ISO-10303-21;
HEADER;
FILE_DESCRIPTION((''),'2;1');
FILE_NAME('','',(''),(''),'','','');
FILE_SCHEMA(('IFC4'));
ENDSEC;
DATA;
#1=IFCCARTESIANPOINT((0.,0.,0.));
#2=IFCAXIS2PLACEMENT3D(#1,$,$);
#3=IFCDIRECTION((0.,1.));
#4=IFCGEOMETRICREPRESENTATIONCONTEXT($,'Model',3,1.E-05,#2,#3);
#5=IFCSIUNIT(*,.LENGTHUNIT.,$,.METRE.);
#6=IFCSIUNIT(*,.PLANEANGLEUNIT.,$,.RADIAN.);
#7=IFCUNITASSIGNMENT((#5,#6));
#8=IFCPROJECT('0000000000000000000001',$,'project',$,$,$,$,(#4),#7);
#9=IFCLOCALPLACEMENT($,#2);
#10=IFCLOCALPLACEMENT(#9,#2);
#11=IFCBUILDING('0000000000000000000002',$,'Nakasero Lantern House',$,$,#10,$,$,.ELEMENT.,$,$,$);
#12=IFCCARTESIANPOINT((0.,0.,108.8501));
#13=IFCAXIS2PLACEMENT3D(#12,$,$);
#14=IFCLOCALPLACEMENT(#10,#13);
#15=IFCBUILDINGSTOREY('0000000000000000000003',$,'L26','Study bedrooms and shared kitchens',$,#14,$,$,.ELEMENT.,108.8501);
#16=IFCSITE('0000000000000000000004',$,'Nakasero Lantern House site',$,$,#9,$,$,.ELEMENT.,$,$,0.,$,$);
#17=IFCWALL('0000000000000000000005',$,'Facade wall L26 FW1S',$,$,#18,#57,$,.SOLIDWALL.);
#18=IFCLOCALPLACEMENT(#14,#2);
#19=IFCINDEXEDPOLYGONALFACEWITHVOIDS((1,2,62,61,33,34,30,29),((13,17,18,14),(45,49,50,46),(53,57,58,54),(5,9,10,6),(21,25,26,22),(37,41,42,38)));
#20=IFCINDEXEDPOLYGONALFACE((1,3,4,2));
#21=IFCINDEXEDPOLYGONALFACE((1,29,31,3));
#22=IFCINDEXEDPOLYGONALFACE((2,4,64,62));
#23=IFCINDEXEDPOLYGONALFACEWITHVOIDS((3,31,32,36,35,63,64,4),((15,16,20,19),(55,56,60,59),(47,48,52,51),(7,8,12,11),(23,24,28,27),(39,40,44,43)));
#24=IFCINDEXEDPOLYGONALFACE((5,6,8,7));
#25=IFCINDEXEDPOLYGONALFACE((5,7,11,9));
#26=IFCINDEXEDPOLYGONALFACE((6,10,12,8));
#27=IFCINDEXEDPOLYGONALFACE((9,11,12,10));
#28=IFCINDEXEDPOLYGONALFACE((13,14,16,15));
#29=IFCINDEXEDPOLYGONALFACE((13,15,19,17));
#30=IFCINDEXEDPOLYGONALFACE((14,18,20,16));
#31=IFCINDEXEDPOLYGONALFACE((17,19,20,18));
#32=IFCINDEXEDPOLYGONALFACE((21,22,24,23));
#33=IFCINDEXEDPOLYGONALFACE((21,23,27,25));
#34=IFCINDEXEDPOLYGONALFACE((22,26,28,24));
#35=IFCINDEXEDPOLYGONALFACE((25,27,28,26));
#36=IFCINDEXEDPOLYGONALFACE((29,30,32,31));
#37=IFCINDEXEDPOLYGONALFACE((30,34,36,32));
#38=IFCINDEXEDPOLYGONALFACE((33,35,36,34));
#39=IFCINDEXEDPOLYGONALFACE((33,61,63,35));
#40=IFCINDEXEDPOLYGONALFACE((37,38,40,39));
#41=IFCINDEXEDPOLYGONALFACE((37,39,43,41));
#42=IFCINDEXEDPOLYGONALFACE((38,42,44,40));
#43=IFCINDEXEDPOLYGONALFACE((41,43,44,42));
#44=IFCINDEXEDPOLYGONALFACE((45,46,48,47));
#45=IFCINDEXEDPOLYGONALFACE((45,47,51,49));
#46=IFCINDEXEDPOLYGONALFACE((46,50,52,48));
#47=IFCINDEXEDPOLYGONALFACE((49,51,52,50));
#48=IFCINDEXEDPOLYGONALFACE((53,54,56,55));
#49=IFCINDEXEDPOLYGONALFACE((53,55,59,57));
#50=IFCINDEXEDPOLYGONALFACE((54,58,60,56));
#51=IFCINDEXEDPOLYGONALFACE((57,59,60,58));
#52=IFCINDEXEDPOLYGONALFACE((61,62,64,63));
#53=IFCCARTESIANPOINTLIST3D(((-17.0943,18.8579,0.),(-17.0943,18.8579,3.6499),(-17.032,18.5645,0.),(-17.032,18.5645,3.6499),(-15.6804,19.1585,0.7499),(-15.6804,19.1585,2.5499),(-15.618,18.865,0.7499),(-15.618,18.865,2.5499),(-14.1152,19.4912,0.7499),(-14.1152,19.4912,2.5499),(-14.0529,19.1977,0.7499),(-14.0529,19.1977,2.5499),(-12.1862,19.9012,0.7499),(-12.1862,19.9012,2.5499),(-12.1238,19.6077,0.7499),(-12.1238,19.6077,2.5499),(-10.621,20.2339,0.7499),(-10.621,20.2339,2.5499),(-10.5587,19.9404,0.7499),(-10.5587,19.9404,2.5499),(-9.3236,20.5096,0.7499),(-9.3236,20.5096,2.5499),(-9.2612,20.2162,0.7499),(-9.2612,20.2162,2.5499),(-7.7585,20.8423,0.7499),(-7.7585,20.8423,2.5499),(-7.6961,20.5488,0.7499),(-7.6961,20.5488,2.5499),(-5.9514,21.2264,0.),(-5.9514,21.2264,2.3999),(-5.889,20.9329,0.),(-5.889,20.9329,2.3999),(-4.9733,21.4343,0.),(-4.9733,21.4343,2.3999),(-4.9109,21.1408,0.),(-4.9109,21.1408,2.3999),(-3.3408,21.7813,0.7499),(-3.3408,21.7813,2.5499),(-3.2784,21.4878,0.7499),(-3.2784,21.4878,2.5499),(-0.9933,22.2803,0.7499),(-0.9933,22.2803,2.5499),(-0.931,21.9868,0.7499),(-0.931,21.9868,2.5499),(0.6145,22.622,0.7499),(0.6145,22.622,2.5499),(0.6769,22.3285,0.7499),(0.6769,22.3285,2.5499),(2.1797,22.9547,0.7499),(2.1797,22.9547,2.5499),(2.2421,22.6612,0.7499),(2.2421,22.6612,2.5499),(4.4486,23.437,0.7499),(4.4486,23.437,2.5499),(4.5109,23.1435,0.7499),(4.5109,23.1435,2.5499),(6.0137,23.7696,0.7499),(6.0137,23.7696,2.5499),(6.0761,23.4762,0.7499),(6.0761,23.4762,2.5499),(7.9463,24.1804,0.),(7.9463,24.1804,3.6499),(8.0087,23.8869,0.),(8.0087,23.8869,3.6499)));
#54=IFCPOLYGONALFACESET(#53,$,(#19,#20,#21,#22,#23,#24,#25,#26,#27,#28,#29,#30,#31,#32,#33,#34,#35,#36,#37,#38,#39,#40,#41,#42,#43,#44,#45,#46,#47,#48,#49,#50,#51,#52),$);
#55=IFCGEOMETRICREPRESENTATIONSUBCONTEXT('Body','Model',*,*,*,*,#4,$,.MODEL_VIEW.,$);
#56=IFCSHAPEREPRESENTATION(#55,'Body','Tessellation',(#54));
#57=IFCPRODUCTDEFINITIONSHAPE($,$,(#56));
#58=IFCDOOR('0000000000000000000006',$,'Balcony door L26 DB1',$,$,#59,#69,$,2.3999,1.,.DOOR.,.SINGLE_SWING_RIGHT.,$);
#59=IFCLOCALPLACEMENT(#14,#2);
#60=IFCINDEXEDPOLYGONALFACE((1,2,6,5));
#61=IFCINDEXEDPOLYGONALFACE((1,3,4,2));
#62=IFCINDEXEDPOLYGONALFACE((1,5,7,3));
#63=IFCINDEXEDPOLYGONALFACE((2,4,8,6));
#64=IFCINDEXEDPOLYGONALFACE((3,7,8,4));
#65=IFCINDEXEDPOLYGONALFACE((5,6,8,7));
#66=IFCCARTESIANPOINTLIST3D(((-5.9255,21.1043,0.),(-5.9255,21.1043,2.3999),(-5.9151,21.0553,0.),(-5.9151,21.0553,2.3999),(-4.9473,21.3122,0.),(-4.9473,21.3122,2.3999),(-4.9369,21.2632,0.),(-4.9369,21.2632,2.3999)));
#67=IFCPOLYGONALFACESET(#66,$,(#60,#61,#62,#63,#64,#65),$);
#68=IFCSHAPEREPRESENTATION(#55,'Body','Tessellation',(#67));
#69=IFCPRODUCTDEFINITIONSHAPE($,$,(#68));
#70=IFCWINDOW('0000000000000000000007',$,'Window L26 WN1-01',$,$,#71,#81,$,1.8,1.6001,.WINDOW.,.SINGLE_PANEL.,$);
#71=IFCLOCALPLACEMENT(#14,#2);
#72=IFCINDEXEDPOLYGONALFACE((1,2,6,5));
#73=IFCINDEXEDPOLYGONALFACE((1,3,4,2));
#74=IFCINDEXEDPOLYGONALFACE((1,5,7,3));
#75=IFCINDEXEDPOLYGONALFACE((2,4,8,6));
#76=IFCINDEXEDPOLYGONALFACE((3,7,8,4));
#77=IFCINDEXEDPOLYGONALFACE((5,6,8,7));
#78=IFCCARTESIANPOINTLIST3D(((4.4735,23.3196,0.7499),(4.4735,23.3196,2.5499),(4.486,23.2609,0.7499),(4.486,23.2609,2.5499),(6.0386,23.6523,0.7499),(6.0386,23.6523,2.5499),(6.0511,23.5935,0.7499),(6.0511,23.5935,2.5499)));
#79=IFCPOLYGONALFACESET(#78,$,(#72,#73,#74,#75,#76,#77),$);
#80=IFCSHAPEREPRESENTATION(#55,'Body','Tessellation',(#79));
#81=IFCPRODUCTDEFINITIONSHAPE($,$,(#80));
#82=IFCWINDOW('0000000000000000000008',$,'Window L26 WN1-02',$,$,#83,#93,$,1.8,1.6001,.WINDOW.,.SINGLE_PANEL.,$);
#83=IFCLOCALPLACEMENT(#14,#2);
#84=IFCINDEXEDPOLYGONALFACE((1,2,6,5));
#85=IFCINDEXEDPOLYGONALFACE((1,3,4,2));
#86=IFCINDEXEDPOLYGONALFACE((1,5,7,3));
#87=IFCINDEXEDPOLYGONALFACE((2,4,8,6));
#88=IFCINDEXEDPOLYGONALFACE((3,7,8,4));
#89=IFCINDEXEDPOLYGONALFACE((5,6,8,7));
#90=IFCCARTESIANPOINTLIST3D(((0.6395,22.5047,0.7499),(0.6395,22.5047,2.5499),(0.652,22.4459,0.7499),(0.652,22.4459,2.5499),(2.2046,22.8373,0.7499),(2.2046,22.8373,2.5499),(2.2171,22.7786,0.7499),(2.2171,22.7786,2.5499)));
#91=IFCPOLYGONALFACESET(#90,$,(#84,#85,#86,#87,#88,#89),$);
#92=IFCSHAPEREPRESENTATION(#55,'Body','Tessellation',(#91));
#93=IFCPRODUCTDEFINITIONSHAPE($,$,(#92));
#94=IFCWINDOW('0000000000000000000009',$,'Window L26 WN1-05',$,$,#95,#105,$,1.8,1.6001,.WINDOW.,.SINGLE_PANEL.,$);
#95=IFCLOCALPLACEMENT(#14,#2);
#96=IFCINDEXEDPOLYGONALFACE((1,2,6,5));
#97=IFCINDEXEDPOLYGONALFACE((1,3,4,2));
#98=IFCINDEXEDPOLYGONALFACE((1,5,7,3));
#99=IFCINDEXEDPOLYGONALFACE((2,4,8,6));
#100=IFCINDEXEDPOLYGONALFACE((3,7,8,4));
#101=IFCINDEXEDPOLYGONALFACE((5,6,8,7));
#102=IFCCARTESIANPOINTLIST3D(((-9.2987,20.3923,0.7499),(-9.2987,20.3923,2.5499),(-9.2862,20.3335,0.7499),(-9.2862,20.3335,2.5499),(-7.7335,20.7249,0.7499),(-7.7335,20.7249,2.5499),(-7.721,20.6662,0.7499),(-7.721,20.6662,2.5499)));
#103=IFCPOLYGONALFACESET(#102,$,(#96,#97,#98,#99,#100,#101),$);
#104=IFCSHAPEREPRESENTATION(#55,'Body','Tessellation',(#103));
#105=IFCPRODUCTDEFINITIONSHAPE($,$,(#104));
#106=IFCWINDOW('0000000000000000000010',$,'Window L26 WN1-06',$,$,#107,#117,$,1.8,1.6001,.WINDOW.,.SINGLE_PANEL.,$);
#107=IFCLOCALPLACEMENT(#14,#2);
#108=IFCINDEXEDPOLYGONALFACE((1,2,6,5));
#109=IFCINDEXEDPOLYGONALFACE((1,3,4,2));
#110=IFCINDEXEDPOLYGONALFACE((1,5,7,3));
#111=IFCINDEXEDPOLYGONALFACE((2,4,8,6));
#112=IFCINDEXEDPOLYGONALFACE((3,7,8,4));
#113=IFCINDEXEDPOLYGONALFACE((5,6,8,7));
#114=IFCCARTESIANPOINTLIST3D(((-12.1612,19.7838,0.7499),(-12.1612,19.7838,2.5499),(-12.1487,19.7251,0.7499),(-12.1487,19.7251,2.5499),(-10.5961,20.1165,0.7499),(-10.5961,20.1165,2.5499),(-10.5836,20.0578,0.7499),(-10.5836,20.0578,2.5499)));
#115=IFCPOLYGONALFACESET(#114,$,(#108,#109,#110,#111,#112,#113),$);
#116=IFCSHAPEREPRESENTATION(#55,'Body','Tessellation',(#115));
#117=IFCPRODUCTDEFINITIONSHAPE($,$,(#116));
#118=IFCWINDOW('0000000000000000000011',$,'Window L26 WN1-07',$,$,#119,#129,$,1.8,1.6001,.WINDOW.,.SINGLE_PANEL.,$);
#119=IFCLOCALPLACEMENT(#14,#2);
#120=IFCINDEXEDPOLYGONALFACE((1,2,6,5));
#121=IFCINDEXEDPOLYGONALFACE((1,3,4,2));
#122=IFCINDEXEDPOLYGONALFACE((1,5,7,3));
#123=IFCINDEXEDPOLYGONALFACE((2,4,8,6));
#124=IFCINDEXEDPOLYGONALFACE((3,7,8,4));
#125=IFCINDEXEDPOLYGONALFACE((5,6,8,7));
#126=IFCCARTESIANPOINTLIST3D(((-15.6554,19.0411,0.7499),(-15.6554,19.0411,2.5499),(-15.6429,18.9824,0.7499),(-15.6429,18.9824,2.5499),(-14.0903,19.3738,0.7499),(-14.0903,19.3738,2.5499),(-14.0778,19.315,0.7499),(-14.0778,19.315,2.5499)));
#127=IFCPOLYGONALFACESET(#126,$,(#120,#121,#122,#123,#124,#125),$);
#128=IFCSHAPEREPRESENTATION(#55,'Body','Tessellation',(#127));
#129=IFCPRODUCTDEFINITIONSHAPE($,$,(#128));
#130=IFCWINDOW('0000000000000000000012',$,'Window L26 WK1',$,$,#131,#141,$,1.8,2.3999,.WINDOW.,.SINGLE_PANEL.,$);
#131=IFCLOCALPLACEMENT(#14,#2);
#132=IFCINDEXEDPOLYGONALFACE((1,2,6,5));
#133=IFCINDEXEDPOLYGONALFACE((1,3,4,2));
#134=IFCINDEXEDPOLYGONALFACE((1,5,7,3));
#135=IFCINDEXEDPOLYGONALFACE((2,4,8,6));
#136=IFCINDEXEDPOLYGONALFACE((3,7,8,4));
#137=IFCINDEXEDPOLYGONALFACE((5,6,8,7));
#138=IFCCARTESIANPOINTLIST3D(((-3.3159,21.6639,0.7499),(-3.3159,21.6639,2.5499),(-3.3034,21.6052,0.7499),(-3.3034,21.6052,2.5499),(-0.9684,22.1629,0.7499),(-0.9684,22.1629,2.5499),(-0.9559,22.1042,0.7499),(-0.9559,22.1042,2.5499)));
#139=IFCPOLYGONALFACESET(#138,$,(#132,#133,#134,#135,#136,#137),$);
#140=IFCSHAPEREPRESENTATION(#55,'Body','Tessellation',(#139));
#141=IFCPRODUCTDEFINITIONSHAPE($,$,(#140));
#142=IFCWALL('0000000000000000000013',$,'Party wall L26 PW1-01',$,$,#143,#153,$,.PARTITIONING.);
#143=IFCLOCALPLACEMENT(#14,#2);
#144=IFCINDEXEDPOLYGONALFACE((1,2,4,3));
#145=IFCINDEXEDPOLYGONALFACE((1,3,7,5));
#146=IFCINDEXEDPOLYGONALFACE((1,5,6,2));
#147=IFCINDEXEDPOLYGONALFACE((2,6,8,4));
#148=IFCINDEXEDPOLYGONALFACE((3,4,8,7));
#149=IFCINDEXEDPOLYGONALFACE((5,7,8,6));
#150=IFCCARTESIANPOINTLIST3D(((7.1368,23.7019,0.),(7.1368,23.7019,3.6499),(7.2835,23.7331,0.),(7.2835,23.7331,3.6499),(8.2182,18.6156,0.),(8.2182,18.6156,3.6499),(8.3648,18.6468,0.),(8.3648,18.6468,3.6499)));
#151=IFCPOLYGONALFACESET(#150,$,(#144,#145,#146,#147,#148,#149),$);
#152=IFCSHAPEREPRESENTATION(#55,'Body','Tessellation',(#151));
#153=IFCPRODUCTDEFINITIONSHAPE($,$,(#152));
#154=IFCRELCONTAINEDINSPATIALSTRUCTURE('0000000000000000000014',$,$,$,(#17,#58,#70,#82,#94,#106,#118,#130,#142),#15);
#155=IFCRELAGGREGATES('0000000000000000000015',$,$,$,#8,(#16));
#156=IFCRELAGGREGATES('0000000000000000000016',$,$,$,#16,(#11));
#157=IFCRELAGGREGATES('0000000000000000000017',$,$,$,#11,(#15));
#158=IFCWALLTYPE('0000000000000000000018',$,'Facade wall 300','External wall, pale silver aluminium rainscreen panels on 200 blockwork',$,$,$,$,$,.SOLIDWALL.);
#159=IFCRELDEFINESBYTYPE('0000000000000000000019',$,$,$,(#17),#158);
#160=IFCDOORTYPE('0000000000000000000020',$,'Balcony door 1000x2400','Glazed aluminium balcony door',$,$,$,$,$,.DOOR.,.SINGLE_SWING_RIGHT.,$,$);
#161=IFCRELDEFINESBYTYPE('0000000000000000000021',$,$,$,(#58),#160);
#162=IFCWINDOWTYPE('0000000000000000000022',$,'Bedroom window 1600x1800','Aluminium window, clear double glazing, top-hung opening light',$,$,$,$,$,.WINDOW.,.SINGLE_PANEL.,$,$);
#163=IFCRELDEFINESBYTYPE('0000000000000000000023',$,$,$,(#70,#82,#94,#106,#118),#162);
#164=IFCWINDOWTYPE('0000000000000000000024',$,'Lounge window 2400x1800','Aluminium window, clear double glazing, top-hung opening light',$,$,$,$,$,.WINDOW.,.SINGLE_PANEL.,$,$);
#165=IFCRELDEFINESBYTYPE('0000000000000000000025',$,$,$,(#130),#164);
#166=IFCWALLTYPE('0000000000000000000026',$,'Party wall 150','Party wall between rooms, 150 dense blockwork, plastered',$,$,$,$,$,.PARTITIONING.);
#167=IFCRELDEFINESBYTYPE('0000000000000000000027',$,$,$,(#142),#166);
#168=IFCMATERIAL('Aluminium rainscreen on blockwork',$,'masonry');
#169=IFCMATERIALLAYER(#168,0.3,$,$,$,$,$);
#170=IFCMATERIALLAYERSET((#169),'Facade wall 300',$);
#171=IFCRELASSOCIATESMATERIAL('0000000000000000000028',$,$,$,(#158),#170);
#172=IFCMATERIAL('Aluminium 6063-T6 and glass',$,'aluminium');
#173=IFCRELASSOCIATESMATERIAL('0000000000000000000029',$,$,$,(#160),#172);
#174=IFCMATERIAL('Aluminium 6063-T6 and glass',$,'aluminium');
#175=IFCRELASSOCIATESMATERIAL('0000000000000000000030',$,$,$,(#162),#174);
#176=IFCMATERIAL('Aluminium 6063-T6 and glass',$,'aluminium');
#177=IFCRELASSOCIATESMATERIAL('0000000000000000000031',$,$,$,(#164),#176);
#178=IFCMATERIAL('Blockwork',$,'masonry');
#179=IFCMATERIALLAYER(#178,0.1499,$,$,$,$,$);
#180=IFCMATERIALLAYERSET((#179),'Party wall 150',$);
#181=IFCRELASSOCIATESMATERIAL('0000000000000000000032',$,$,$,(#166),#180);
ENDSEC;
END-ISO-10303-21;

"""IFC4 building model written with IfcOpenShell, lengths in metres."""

from ifc_helpers import new_model, si_unit, direction, frame, frame_2d, origin, place, context, subcontext, project, spatial, rectangle, extrude, material, layer, layer_set, type_object, element, fill, save


model = new_model("IFC4")

# Units and contexts
model_context = context("Model", 3, precision=1e-05, world=origin(), true_north=direction((0.0, 1.0)))
body_context = subcontext(model_context, "Body", "Model", "MODEL_VIEW")
ifc_project = project(units=[si_unit("LENGTHUNIT", "METRE"), si_unit("PLANEANGLEUNIT", "RADIAN")], contexts=[model_context])

# Site, building, storey
site_placement = place(None, origin())
site = spatial("IfcSite", under=ifc_project, at=site_placement, Name="Nakasero Lantern House site", CompositionType="ELEMENT", RefElevation=0.0)
building_placement = place(site_placement, origin())
building = spatial("IfcBuilding", under=site, at=building_placement, Name="Nakasero Lantern House", CompositionType="ELEMENT")
storey_placement = place(building_placement, frame((0.0, 0.0, 108.8501)))
storey = spatial("IfcBuildingStorey", under=building, at=storey_placement, Name="L26", Description="Study bedrooms and shared kitchens", CompositionType="ELEMENT", Elevation=108.8501)

# Wall, openings, door, windows
ifc_material_1 = material(Name="Aluminium rainscreen on blockwork", Category="masonry")
ifc_layer_1 = layer(ifc_material_1, 0.3)
ifc_layer_set_1 = layer_set([ifc_layer_1], Name="Facade wall 300")
wall_type_1 = type_object("IfcWallType", Name="Facade wall 300", Description="External wall, pale silver aluminium rainscreen panels on 200 blockwork", PredefinedType="SOLIDWALL", material=ifc_layer_set_1)
wall_1_placement = place(storey_placement, frame((7.9775, 24.0337, 0.0), z_axis=(0.0, 0.0, 1.0), x_axis=(-0.978148, -0.207909, 0.0)))
wall_1 = element("IfcWall", 1, at=wall_1_placement, inside=storey, type_object=wall_type_1, Name="Facade wall L26 FW1S", PredefinedType="SOLIDWALL", context=body_context, shape_type="SweptSolid", body=[
    extrude(rectangle(XDim=25.6001, YDim=0.3, at=frame_2d((12.8, 0.0))), origin(), (0.0, 0.0, 1.0), 3.6499),
])
opening_1_placement = place(wall_1_placement, frame((1.9758, 0.0, 0.75)))
opening_1 = element("IfcOpeningElement", 2, at=opening_1_placement, cuts=wall_1, PredefinedType="OPENING", context=body_context, shape_type="SweptSolid", body=[
    extrude(rectangle(XDim=1.6001, YDim=1.8, at=frame_2d((0.8, 0.8999))), frame((0.0, 0.1699, 0.0), z_axis=(0.0, -1.0, 0.0), x_axis=(1.0, 0.0, 0.0)), (0.0, 0.0, 1.0), 0.3401),
])
opening_2_placement = place(wall_1_placement, frame((5.8955, 0.0, 0.75)))
opening_2 = element("IfcOpeningElement", 3, at=opening_2_placement, cuts=wall_1, PredefinedType="OPENING", context=body_context, shape_type="SweptSolid", body=[
    extrude(rectangle(XDim=1.6001, YDim=1.8, at=frame_2d((0.8, 0.8999))), frame((0.0, 0.1699, 0.0), z_axis=(0.0, -1.0, 0.0), x_axis=(1.0, 0.0, 0.0)), (0.0, 0.0, 1.0), 0.3401),
])
opening_3_placement = place(wall_1_placement, frame((16.0557, 0.0, 0.75)))
opening_3 = element("IfcOpeningElement", 4, at=opening_3_placement, cuts=wall_1, PredefinedType="OPENING", context=body_context, shape_type="SweptSolid", body=[
    extrude(rectangle(XDim=1.6001, YDim=1.8, at=frame_2d((0.8, 0.8999))), frame((0.0, 0.1699, 0.0), z_axis=(0.0, -1.0, 0.0), x_axis=(1.0, 0.0, 0.0)), (0.0, 0.0, 1.0), 0.3401),
])
opening_4_placement = place(wall_1_placement, frame((18.9822, 0.0, 0.75)))
opening_4 = element("IfcOpeningElement", 5, at=opening_4_placement, cuts=wall_1, PredefinedType="OPENING", context=body_context, shape_type="SweptSolid", body=[
    extrude(rectangle(XDim=1.6001, YDim=1.8, at=frame_2d((0.8, 0.8999))), frame((0.0, 0.1699, 0.0), z_axis=(0.0, -1.0, 0.0), x_axis=(1.0, 0.0, 0.0)), (0.0, 0.0, 1.0), 0.3401),
])
opening_5_placement = place(wall_1_placement, frame((22.5544, 0.0, 0.75)))
opening_5 = element("IfcOpeningElement", 6, at=opening_5_placement, cuts=wall_1, PredefinedType="OPENING", context=body_context, shape_type="SweptSolid", body=[
    extrude(rectangle(XDim=1.6001, YDim=1.8, at=frame_2d((0.8, 0.8999))), frame((0.0, 0.1699, 0.0), z_axis=(0.0, -1.0, 0.0), x_axis=(1.0, 0.0, 0.0)), (0.0, 0.0, 1.0), 0.3401),
])
opening_6_placement = place(wall_1_placement, frame((9.1394, 0.0, 0.75)))
opening_6 = element("IfcOpeningElement", 7, at=opening_6_placement, cuts=wall_1, PredefinedType="OPENING", context=body_context, shape_type="SweptSolid", body=[
    extrude(rectangle(XDim=2.3999, YDim=1.8, at=frame_2d((1.2, 0.8999))), frame((0.0, 0.1699, 0.0), z_axis=(0.0, -1.0, 0.0), x_axis=(1.0, 0.0, 0.0)), (0.0, 0.0, 1.0), 0.3401),
])
opening_7_placement = place(wall_1_placement, frame((13.2083, 0.0, 0.0)))
opening_7 = element("IfcOpeningElement", 8, at=opening_7_placement, cuts=wall_1, PredefinedType="OPENING", context=body_context, shape_type="SweptSolid", body=[
    extrude(rectangle(XDim=1.0, YDim=2.3999, at=frame_2d((0.5, 1.2))), frame((0.0, 0.1699, 0.0), z_axis=(0.0, -1.0, 0.0), x_axis=(1.0, 0.0, 0.0)), (0.0, 0.0, 1.0), 0.3401),
])
ifc_material_2 = material(Name="Aluminium 6063-T6 and glass", Category="aluminium")
door_type_1 = type_object("IfcDoorType", Name="Balcony door 1000x2400", Description="Glazed aluminium balcony door", OperationType="SINGLE_SWING_RIGHT", PredefinedType="DOOR", material=ifc_material_2)
door_1_placement = place(opening_7_placement, origin())
door_1 = element("IfcDoor", 9, at=door_1_placement, inside=storey, type_object=door_type_1, Name="Balcony door L26 DB1", OperationType="SINGLE_SWING_RIGHT", OverallHeight=2.3999, OverallWidth=1.0, PredefinedType="DOOR", context=body_context, shape_type="SweptSolid", body=[
    extrude(rectangle(XDim=1.0, YDim=2.3999, at=frame_2d((0.5, 1.2))), frame((0.0, 0.0249, 0.0), z_axis=(0.0, -1.0, 0.0), x_axis=(1.0, 0.0, 0.0)), (0.0, 0.0, 1.0), 0.05),
])
fill(opening_7, door_1)
ifc_material_3 = material(Name="Aluminium 6063-T6 and glass", Category="aluminium")
window_type_1 = type_object("IfcWindowType", Name="Bedroom window 1600x1800", Description="Aluminium window, clear double glazing, top-hung opening light", PartitioningType="SINGLE_PANEL", PredefinedType="WINDOW", material=ifc_material_3)
window_1_placement = place(opening_1_placement, origin())
window_1 = element("IfcWindow", 10, at=window_1_placement, inside=storey, type_object=window_type_1, Name="Window L26 WN1-01", OverallHeight=1.8, OverallWidth=1.6001, PartitioningType="SINGLE_PANEL", PredefinedType="WINDOW", context=body_context, shape_type="SweptSolid", body=[
    extrude(rectangle(XDim=1.6001, YDim=1.8, at=frame_2d((0.8, 0.8999))), frame((0.0, 0.03, 0.0), z_axis=(0.0, -1.0, 0.0), x_axis=(1.0, 0.0, 0.0)), (0.0, 0.0, 1.0), 0.0601),
])
fill(opening_1, window_1)
window_2_placement = place(opening_2_placement, origin())
window_2 = element("IfcWindow", 11, at=window_2_placement, inside=storey, type_object=window_type_1, Name="Window L26 WN1-02", OverallHeight=1.8, OverallWidth=1.6001, PartitioningType="SINGLE_PANEL", PredefinedType="WINDOW", context=body_context, shape_type="SweptSolid", body=[
    extrude(rectangle(XDim=1.6001, YDim=1.8, at=frame_2d((0.8, 0.8999))), frame((0.0, 0.03, 0.0), z_axis=(0.0, -1.0, 0.0), x_axis=(1.0, 0.0, 0.0)), (0.0, 0.0, 1.0), 0.0601),
])
fill(opening_2, window_2)
window_3_placement = place(opening_3_placement, origin())
window_3 = element("IfcWindow", 12, at=window_3_placement, inside=storey, type_object=window_type_1, Name="Window L26 WN1-05", OverallHeight=1.8, OverallWidth=1.6001, PartitioningType="SINGLE_PANEL", PredefinedType="WINDOW", context=body_context, shape_type="SweptSolid", body=[
    extrude(rectangle(XDim=1.6001, YDim=1.8, at=frame_2d((0.8, 0.8999))), frame((0.0, 0.03, 0.0), z_axis=(0.0, -1.0, 0.0), x_axis=(1.0, 0.0, 0.0)), (0.0, 0.0, 1.0), 0.0601),
])
fill(opening_3, window_3)
window_4_placement = place(opening_4_placement, origin())
window_4 = element("IfcWindow", 13, at=window_4_placement, inside=storey, type_object=window_type_1, Name="Window L26 WN1-06", OverallHeight=1.8, OverallWidth=1.6001, PartitioningType="SINGLE_PANEL", PredefinedType="WINDOW", context=body_context, shape_type="SweptSolid", body=[
    extrude(rectangle(XDim=1.6001, YDim=1.8, at=frame_2d((0.8, 0.8999))), frame((0.0, 0.03, 0.0), z_axis=(0.0, -1.0, 0.0), x_axis=(1.0, 0.0, 0.0)), (0.0, 0.0, 1.0), 0.0601),
])
fill(opening_4, window_4)
window_5_placement = place(opening_5_placement, origin())
window_5 = element("IfcWindow", 14, at=window_5_placement, inside=storey, type_object=window_type_1, Name="Window L26 WN1-07", OverallHeight=1.8, OverallWidth=1.6001, PartitioningType="SINGLE_PANEL", PredefinedType="WINDOW", context=body_context, shape_type="SweptSolid", body=[
    extrude(rectangle(XDim=1.6001, YDim=1.8, at=frame_2d((0.8, 0.8999))), frame((0.0, 0.03, 0.0), z_axis=(0.0, -1.0, 0.0), x_axis=(1.0, 0.0, 0.0)), (0.0, 0.0, 1.0), 0.0601),
])
fill(opening_5, window_5)
ifc_material_4 = material(Name="Aluminium 6063-T6 and glass", Category="aluminium")
window_type_2 = type_object("IfcWindowType", Name="Lounge window 2400x1800", Description="Aluminium window, clear double glazing, top-hung opening light", PartitioningType="SINGLE_PANEL", PredefinedType="WINDOW", material=ifc_material_4)
window_6_placement = place(opening_6_placement, origin())
window_6 = element("IfcWindow", 15, at=window_6_placement, inside=storey, type_object=window_type_2, Name="Window L26 WK1", OverallHeight=1.8, OverallWidth=2.3999, PartitioningType="SINGLE_PANEL", PredefinedType="WINDOW", context=body_context, shape_type="SweptSolid", body=[
    extrude(rectangle(XDim=2.3999, YDim=1.8, at=frame_2d((1.2, 0.8999))), frame((0.0, 0.03, 0.0), z_axis=(0.0, -1.0, 0.0), x_axis=(1.0, 0.0, 0.0)), (0.0, 0.0, 1.0), 0.0601),
])
fill(opening_6, window_6)

# Wall
ifc_material_5 = material(Name="Blockwork", Category="masonry")
ifc_layer_2 = layer(ifc_material_5, 0.1499)
ifc_layer_set_2 = layer_set([ifc_layer_2], Name="Party wall 150")
wall_type_2 = type_object("IfcWallType", Name="Party wall 150", Description="Party wall between rooms, 150 dense blockwork, plastered", PredefinedType="PARTITIONING", material=ifc_layer_set_2)
wall_2_placement = place(storey_placement, frame((8.2915, 18.6311, 0.0), z_axis=(0.0, 0.0, 1.0), x_axis=(-0.207948, 0.97814, 0.0)))
element("IfcWall", 16, at=wall_2_placement, inside=storey, type_object=wall_type_2, Name="Party wall L26 PW1-01", PredefinedType="PARTITIONING", context=body_context, shape_type="SweptSolid", body=[
    extrude(rectangle(XDim=5.2, YDim=0.1499, at=frame_2d((2.6001, 0.0))), origin(), (0.0, 0.0, 1.0), 3.6499),
])

save(model, "model.ifc")
